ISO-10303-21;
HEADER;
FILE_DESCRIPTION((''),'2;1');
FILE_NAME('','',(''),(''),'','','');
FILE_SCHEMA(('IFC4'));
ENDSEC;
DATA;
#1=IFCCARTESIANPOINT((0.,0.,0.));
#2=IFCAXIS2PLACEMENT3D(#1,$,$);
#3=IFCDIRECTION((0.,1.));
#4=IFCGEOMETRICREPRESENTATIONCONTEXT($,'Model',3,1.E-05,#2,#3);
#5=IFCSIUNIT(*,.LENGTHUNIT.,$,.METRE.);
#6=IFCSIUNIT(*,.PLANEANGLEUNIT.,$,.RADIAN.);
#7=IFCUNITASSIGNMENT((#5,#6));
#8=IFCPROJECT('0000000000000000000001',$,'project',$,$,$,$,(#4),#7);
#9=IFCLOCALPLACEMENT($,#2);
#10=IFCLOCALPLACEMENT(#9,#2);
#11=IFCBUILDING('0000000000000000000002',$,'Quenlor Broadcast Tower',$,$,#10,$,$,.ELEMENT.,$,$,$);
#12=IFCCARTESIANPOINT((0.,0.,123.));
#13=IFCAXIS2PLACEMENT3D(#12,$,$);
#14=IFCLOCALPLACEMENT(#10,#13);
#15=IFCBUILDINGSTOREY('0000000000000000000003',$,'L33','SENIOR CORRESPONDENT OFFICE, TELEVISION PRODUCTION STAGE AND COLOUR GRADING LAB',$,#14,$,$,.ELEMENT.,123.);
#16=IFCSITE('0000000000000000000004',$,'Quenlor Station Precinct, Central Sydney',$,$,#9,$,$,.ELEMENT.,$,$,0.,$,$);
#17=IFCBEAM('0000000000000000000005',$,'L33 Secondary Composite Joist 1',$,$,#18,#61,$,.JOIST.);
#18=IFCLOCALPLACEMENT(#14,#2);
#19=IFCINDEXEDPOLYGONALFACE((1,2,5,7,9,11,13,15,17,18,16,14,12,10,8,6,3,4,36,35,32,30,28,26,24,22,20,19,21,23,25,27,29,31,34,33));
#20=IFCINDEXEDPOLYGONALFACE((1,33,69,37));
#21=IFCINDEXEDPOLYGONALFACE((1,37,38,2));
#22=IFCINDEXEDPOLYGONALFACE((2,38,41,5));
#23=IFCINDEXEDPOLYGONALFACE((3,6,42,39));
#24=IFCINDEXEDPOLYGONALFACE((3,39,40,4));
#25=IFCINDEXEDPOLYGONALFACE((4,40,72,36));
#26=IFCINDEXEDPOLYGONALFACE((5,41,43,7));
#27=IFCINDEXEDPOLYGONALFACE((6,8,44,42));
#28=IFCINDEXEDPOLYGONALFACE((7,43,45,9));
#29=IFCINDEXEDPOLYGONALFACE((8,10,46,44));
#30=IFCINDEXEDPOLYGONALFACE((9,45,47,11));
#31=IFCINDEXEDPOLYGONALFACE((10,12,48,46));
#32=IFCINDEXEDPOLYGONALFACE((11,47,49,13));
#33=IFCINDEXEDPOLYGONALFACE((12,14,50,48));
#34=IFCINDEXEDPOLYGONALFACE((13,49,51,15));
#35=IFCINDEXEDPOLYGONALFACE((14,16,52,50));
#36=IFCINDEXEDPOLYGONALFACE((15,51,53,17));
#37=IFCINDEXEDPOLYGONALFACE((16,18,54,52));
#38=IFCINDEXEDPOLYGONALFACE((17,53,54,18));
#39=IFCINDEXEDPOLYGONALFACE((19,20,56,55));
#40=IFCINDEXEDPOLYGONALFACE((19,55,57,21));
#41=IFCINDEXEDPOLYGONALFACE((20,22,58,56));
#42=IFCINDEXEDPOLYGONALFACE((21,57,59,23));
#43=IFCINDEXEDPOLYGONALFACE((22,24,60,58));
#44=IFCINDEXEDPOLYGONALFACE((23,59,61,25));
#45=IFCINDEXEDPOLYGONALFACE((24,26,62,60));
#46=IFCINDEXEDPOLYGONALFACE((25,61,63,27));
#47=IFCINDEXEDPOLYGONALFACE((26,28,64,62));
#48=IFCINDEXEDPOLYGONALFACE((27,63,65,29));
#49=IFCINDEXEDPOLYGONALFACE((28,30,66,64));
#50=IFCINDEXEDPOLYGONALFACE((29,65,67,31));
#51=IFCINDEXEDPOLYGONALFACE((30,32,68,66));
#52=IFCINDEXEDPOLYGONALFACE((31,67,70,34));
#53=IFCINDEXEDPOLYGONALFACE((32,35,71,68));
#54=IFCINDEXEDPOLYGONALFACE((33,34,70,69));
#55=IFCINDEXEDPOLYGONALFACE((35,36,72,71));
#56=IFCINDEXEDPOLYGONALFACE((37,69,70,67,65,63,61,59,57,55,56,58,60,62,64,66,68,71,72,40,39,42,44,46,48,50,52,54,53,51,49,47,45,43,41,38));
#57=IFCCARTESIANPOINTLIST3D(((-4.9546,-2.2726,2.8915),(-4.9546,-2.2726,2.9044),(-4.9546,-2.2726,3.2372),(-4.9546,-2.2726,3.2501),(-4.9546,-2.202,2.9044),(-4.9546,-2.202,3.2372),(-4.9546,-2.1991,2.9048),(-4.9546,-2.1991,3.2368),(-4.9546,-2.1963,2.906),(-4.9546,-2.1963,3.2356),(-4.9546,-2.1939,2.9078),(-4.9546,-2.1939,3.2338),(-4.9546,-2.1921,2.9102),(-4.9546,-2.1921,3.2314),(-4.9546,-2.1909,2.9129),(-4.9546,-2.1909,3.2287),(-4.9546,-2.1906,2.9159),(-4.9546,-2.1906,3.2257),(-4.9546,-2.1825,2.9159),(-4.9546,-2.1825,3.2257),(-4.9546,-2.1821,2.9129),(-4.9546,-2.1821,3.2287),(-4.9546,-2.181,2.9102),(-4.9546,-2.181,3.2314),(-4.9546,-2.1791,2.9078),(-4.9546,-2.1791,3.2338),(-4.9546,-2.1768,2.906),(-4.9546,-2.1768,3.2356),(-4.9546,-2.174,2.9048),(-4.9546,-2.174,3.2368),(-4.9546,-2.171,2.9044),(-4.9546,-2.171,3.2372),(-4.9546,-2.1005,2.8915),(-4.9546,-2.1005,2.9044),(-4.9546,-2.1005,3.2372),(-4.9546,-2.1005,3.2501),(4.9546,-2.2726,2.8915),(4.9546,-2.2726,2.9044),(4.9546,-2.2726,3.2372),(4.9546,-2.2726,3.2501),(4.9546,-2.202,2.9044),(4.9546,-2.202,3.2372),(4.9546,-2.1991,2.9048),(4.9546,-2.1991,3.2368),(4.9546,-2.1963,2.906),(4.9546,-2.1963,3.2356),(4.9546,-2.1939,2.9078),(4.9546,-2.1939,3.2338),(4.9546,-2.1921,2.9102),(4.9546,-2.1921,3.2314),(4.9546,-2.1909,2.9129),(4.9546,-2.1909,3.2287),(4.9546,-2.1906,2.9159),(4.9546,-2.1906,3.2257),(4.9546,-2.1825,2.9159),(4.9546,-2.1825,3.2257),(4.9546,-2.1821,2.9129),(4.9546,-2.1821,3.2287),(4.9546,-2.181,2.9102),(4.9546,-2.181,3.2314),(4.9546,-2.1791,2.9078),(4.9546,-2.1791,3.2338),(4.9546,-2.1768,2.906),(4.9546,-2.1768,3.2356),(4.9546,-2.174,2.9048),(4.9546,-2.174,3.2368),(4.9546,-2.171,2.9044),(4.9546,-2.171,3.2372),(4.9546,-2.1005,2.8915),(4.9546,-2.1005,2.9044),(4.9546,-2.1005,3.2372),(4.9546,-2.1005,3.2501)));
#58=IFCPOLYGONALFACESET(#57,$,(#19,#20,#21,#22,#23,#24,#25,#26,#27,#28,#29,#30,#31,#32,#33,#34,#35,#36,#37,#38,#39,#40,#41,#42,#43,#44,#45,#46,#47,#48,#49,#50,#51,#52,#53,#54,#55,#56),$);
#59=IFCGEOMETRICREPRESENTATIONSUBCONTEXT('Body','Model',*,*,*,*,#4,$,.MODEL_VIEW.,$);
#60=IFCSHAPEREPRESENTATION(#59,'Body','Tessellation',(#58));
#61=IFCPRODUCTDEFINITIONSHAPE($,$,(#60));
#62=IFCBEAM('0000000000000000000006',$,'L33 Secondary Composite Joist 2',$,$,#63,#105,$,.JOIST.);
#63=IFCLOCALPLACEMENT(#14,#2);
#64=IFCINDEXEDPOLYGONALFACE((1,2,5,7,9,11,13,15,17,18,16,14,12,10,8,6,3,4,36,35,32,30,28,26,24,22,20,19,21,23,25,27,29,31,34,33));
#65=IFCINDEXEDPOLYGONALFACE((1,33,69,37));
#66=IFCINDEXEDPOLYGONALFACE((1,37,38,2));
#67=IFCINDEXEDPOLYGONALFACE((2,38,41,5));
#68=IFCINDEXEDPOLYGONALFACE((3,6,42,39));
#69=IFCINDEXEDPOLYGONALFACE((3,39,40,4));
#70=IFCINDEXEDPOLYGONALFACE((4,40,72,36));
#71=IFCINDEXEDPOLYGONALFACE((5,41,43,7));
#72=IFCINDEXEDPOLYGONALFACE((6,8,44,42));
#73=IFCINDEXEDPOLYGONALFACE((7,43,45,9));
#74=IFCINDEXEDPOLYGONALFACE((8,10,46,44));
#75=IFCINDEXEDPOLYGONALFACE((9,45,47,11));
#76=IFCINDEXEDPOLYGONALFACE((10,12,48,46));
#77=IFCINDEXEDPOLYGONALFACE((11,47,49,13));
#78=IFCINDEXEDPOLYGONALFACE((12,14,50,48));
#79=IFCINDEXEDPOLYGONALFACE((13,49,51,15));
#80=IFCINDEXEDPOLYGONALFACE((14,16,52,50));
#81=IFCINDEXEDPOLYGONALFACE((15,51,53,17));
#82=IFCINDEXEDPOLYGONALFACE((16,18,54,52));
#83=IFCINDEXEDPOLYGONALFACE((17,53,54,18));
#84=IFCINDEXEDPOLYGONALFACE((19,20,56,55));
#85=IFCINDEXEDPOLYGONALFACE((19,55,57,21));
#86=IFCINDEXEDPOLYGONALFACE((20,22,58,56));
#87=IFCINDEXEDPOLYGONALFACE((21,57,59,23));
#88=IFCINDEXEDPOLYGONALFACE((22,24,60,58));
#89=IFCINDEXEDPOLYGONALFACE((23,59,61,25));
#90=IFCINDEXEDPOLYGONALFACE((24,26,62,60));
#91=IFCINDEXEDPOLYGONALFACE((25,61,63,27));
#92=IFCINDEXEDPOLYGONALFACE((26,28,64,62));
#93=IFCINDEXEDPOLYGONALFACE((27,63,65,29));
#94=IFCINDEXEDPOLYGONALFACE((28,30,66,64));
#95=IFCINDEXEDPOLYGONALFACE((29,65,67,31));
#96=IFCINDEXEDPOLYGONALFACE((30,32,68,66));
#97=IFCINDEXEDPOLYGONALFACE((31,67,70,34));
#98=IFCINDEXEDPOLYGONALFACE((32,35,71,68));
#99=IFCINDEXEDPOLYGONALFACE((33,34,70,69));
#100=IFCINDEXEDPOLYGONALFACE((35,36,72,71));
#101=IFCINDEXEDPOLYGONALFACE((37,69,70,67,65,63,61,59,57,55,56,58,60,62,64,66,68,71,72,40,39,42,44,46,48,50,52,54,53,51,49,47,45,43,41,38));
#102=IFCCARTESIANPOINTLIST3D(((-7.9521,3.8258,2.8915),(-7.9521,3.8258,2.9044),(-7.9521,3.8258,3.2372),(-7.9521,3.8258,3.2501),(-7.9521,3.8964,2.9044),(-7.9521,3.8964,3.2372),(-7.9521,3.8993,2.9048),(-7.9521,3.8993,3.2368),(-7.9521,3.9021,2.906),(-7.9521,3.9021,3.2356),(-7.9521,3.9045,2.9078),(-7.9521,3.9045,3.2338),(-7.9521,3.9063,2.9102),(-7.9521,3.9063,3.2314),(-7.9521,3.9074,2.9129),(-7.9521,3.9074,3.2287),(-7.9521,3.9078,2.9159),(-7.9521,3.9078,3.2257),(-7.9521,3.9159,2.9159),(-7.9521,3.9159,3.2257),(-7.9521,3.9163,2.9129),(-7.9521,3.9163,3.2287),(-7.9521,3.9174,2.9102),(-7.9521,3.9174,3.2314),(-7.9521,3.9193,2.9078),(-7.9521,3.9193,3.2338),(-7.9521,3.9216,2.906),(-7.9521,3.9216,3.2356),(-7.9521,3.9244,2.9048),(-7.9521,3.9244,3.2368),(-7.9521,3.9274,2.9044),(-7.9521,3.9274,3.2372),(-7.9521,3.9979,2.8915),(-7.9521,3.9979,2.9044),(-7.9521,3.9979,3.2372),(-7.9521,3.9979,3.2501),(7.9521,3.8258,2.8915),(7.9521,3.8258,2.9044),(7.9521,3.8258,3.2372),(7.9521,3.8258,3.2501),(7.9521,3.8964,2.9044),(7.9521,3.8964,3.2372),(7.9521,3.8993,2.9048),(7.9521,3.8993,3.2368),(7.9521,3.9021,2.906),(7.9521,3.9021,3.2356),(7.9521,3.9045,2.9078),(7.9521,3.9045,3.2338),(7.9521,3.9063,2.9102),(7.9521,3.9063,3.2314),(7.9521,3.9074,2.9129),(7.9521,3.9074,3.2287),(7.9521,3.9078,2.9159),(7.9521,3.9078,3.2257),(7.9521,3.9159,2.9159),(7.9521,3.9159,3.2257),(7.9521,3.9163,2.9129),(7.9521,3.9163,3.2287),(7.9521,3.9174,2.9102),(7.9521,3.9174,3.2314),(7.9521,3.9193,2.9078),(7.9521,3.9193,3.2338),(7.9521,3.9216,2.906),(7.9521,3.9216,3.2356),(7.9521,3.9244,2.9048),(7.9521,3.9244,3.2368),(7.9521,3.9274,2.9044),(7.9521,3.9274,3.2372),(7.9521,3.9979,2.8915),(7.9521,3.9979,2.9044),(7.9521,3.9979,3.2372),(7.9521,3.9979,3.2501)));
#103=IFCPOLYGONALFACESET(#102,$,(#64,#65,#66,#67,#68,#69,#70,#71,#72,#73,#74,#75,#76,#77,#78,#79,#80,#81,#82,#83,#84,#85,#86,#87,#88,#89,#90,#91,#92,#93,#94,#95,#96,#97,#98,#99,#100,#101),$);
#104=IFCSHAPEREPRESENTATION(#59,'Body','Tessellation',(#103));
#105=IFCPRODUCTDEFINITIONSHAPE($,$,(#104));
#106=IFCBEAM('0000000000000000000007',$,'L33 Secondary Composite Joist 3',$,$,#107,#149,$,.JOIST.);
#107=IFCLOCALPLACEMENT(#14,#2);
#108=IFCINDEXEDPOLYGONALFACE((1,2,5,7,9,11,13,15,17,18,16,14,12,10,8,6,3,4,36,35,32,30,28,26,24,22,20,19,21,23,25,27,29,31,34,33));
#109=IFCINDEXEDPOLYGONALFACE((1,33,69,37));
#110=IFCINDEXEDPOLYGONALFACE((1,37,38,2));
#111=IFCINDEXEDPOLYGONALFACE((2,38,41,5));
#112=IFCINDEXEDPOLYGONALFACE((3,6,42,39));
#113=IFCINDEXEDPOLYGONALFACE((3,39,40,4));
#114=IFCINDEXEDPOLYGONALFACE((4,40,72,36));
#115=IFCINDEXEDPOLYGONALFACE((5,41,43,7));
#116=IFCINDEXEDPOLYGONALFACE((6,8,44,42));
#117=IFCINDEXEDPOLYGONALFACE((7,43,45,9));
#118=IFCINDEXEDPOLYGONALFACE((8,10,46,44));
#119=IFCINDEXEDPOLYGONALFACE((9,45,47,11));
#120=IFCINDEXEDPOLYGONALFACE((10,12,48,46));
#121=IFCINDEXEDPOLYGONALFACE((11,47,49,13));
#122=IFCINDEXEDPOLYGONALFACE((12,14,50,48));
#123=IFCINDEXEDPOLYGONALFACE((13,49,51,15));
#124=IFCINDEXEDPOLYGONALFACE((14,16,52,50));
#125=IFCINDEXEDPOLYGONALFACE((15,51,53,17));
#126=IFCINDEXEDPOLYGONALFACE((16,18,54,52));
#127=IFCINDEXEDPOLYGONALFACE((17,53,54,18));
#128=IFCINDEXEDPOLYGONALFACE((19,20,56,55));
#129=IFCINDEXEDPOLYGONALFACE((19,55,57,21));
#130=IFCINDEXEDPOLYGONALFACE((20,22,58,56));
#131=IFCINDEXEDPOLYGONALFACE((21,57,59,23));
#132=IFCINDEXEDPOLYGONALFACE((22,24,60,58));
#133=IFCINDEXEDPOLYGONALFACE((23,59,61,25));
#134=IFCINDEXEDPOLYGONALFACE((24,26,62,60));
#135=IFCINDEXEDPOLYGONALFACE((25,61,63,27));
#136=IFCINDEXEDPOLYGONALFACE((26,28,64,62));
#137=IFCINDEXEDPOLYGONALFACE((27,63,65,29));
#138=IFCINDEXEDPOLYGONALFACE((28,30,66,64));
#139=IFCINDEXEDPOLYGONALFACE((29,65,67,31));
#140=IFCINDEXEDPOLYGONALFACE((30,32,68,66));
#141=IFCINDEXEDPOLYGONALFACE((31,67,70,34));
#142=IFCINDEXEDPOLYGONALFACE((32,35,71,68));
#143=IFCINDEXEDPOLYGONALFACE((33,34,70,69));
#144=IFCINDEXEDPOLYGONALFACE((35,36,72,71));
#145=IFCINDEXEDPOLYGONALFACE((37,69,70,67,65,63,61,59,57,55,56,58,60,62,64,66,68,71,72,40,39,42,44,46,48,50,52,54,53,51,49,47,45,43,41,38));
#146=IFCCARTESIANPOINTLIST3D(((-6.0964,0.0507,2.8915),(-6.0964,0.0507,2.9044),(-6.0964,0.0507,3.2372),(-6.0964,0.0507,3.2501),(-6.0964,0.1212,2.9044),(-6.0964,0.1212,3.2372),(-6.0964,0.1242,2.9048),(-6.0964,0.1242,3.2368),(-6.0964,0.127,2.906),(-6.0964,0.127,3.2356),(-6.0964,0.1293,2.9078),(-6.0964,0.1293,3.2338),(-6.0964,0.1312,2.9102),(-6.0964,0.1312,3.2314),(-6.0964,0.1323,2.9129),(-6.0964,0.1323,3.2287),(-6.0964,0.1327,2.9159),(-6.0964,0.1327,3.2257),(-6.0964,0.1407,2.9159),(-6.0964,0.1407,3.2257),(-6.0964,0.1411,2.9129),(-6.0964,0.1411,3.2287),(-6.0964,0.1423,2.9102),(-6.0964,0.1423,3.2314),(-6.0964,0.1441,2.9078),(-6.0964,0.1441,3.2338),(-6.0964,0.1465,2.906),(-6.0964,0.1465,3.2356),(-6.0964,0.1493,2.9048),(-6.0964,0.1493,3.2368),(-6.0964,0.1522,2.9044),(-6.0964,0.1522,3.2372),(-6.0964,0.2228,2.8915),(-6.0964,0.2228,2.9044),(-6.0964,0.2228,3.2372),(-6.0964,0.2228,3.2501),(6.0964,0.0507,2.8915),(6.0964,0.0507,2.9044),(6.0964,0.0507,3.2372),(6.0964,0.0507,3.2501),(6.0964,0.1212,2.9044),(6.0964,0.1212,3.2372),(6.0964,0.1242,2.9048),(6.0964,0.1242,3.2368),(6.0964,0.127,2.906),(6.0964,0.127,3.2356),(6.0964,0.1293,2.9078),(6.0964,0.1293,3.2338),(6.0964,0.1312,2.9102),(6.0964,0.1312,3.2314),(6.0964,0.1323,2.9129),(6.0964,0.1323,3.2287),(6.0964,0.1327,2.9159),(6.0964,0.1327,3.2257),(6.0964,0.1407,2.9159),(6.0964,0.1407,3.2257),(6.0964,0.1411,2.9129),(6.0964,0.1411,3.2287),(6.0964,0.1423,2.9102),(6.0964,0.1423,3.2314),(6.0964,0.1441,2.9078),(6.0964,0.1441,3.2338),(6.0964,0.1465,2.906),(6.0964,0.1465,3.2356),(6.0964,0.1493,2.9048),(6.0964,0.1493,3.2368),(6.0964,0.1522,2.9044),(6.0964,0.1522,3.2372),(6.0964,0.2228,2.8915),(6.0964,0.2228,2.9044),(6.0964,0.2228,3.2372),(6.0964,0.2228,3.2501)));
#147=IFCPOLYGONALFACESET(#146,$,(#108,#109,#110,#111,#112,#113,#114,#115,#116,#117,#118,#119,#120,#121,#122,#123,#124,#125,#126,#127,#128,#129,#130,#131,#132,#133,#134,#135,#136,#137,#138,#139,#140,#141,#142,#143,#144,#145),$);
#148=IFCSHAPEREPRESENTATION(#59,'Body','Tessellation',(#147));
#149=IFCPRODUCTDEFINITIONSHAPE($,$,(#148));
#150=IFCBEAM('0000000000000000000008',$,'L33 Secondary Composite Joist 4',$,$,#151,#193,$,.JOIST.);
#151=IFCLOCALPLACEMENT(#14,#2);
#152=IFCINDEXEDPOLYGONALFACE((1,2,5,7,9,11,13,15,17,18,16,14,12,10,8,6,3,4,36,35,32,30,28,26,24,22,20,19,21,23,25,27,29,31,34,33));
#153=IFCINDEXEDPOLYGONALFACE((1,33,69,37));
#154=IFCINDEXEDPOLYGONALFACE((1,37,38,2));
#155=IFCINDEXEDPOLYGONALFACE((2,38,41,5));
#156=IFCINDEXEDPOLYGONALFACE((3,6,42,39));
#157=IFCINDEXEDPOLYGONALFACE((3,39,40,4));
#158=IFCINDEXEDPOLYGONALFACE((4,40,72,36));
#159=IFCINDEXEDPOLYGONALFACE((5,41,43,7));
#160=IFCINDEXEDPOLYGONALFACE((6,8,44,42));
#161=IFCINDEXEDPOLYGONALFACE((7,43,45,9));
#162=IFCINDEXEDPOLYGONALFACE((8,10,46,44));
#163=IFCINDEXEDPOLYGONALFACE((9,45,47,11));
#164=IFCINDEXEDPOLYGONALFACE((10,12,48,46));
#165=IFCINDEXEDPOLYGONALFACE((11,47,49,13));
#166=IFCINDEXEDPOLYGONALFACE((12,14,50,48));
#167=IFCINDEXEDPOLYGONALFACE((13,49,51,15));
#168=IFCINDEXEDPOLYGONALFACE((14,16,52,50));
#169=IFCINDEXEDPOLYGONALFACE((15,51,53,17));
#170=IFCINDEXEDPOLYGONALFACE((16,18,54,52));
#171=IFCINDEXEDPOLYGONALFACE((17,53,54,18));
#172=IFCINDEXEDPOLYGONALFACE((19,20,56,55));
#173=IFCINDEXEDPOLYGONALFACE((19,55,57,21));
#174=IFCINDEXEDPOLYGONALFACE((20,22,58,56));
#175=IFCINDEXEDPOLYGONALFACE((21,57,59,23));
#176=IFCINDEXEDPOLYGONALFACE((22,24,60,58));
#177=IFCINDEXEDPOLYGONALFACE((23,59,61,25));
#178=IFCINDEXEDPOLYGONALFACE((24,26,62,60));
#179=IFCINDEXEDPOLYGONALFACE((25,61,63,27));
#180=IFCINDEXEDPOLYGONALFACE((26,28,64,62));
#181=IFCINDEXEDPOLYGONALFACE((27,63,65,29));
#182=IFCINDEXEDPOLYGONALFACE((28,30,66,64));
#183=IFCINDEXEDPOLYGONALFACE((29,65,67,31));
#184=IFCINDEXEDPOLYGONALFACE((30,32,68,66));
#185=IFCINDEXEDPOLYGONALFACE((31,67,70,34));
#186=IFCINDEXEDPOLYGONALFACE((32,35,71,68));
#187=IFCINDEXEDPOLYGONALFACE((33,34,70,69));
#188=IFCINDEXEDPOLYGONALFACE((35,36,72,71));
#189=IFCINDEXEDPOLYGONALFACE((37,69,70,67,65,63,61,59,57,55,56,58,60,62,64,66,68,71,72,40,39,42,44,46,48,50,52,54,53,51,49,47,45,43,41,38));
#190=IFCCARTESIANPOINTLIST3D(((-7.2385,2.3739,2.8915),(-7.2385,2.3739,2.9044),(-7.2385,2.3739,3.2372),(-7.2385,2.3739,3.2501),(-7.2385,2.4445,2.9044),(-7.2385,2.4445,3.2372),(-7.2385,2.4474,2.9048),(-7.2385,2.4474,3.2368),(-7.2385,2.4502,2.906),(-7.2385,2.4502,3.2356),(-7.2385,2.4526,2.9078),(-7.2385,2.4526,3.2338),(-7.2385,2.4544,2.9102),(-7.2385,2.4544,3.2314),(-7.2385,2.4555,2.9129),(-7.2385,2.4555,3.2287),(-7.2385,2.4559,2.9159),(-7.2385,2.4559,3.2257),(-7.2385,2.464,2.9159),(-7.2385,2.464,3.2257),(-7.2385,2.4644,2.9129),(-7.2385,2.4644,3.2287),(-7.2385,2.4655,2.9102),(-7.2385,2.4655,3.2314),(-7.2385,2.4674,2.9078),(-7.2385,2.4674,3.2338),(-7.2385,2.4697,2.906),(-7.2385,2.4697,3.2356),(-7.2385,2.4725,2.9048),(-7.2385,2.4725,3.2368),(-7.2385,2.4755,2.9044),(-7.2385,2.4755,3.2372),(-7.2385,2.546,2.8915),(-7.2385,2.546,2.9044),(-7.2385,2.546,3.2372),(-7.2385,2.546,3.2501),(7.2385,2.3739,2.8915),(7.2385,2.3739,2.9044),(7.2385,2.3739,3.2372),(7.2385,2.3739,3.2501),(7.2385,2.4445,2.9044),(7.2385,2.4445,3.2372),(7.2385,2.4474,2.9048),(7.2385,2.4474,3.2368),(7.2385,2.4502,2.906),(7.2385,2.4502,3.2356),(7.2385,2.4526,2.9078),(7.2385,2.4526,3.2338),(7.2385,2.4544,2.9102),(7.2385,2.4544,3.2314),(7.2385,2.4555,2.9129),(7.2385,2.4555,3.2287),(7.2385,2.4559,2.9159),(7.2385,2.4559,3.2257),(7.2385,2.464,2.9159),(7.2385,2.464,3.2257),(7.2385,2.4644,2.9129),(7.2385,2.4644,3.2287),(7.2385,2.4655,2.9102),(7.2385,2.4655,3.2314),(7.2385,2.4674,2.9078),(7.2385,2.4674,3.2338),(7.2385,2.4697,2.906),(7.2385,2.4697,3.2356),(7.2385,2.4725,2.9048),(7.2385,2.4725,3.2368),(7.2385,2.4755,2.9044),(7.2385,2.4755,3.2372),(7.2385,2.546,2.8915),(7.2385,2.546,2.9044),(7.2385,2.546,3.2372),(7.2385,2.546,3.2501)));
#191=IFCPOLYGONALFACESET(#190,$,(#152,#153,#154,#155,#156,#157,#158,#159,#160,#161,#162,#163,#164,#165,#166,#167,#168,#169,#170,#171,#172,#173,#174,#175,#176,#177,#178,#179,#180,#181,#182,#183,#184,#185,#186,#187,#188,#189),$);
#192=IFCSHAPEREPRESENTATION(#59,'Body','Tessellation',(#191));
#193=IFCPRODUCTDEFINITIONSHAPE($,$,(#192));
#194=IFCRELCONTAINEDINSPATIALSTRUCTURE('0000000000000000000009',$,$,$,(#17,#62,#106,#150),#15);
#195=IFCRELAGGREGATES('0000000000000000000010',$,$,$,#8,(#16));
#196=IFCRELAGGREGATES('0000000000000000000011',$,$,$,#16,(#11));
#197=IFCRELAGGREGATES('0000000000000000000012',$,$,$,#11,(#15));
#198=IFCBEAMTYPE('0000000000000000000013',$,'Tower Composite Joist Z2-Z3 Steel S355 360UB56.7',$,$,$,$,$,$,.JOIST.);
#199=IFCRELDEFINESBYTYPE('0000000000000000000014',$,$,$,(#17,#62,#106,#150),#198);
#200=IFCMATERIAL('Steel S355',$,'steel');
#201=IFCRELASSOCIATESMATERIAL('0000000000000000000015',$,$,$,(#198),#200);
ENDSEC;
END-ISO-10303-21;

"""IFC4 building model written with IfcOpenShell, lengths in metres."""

from ifc_helpers import new_model, si_unit, direction, frame, origin, origin_2d, place, context, subcontext, project, spatial, i_section, extrude, material, material_profile, profile_set, type_object, element, save


model = new_model("IFC4")

# Units and contexts
model_context = context("Model", 3, precision=1e-05, world=origin(), true_north=direction((0.0, 1.0)))
body_context = subcontext(model_context, "Body", "Model", "MODEL_VIEW")
ifc_project = project(units=[si_unit("LENGTHUNIT", "METRE"), si_unit("PLANEANGLEUNIT", "RADIAN")], contexts=[model_context])

# Site, building, storey
site_placement = place(None, origin())
site = spatial("IfcSite", under=ifc_project, at=site_placement, Name="Quenlor Station Precinct, Central Sydney", CompositionType="ELEMENT", RefElevation=0.0)
building_placement = place(site_placement, origin())
building = spatial("IfcBuilding", under=site, at=building_placement, Name="Quenlor Broadcast Tower", CompositionType="ELEMENT")
storey_placement = place(building_placement, frame((0.0, 0.0, 123.0)))
storey = spatial("IfcBuildingStorey", under=building, at=storey_placement, Name="L33", Description="SENIOR CORRESPONDENT OFFICE, TELEVISION PRODUCTION STAGE AND COLOUR GRADING LAB", CompositionType="ELEMENT", Elevation=123.0)

# Beams
ifc_material_1 = material(Name="Steel S355", Category="steel")
ifc_material_profile = material_profile(ifc_material_1, i_section(OverallWidth=0.1721, OverallDepth=0.3586, WebThickness=0.0081, FlangeThickness=0.0129, FilletRadius=0.0115, at=origin_2d()))
ifc_profile_set = profile_set([ifc_material_profile], Name="Steel S355 360UB56.7")
beam_type = type_object("IfcBeamType", Name="Tower Composite Joist Z2-Z3 Steel S355 360UB56.7", PredefinedType="JOIST", material=ifc_profile_set)
beam_1_placement = place(storey_placement, frame((-4.9546, -2.1865, 3.0708), z_axis=(1.0, 0.0, 0.0), x_axis=(0.0, 1.0, 0.0)))
element("IfcBeam", 1, at=beam_1_placement, inside=storey, type_object=beam_type, Name="L33 Secondary Composite Joist 1", PredefinedType="JOIST", context=body_context, shape_type="SweptSolid", body=[
    extrude(i_section(OverallWidth=0.1721, OverallDepth=0.3586, WebThickness=0.0081, FlangeThickness=0.0129, FilletRadius=0.0115, at=origin_2d()), origin(), (0.0, 0.0, 1.0), 9.9092),
])
beam_2_placement = place(storey_placement, frame((-7.9521, 3.9119, 3.0708), z_axis=(1.0, 0.0, 0.0), x_axis=(0.0, 1.0, 0.0)))
element("IfcBeam", 2, at=beam_2_placement, inside=storey, type_object=beam_type, Name="L33 Secondary Composite Joist 2", PredefinedType="JOIST", context=body_context, shape_type="SweptSolid", body=[
    extrude(i_section(OverallWidth=0.1721, OverallDepth=0.3586, WebThickness=0.0081, FlangeThickness=0.0129, FilletRadius=0.0115, at=origin_2d()), origin(), (0.0, 0.0, 1.0), 15.9043),
])
beam_3_placement = place(storey_placement, frame((-6.0964, 0.1367, 3.0708), z_axis=(1.0, 0.0, 0.0), x_axis=(0.0, 1.0, 0.0)))
element("IfcBeam", 3, at=beam_3_placement, inside=storey, type_object=beam_type, Name="L33 Secondary Composite Joist 3", PredefinedType="JOIST", context=body_context, shape_type="SweptSolid", body=[
    extrude(i_section(OverallWidth=0.1721, OverallDepth=0.3586, WebThickness=0.0081, FlangeThickness=0.0129, FilletRadius=0.0115, at=origin_2d()), origin(), (0.0, 0.0, 1.0), 12.1929),
])
beam_4_placement = place(storey_placement, frame((-7.2385, 2.46, 3.0708), z_axis=(1.0, 0.0, 0.0), x_axis=(0.0, 1.0, 0.0)))
element("IfcBeam", 4, at=beam_4_placement, inside=storey, type_object=beam_type, Name="L33 Secondary Composite Joist 4", PredefinedType="JOIST", context=body_context, shape_type="SweptSolid", body=[
    extrude(i_section(OverallWidth=0.1721, OverallDepth=0.3586, WebThickness=0.0081, FlangeThickness=0.0129, FilletRadius=0.0115, at=origin_2d()), origin(), (0.0, 0.0, 1.0), 14.4771),
])

save(model, "model.ifc")
